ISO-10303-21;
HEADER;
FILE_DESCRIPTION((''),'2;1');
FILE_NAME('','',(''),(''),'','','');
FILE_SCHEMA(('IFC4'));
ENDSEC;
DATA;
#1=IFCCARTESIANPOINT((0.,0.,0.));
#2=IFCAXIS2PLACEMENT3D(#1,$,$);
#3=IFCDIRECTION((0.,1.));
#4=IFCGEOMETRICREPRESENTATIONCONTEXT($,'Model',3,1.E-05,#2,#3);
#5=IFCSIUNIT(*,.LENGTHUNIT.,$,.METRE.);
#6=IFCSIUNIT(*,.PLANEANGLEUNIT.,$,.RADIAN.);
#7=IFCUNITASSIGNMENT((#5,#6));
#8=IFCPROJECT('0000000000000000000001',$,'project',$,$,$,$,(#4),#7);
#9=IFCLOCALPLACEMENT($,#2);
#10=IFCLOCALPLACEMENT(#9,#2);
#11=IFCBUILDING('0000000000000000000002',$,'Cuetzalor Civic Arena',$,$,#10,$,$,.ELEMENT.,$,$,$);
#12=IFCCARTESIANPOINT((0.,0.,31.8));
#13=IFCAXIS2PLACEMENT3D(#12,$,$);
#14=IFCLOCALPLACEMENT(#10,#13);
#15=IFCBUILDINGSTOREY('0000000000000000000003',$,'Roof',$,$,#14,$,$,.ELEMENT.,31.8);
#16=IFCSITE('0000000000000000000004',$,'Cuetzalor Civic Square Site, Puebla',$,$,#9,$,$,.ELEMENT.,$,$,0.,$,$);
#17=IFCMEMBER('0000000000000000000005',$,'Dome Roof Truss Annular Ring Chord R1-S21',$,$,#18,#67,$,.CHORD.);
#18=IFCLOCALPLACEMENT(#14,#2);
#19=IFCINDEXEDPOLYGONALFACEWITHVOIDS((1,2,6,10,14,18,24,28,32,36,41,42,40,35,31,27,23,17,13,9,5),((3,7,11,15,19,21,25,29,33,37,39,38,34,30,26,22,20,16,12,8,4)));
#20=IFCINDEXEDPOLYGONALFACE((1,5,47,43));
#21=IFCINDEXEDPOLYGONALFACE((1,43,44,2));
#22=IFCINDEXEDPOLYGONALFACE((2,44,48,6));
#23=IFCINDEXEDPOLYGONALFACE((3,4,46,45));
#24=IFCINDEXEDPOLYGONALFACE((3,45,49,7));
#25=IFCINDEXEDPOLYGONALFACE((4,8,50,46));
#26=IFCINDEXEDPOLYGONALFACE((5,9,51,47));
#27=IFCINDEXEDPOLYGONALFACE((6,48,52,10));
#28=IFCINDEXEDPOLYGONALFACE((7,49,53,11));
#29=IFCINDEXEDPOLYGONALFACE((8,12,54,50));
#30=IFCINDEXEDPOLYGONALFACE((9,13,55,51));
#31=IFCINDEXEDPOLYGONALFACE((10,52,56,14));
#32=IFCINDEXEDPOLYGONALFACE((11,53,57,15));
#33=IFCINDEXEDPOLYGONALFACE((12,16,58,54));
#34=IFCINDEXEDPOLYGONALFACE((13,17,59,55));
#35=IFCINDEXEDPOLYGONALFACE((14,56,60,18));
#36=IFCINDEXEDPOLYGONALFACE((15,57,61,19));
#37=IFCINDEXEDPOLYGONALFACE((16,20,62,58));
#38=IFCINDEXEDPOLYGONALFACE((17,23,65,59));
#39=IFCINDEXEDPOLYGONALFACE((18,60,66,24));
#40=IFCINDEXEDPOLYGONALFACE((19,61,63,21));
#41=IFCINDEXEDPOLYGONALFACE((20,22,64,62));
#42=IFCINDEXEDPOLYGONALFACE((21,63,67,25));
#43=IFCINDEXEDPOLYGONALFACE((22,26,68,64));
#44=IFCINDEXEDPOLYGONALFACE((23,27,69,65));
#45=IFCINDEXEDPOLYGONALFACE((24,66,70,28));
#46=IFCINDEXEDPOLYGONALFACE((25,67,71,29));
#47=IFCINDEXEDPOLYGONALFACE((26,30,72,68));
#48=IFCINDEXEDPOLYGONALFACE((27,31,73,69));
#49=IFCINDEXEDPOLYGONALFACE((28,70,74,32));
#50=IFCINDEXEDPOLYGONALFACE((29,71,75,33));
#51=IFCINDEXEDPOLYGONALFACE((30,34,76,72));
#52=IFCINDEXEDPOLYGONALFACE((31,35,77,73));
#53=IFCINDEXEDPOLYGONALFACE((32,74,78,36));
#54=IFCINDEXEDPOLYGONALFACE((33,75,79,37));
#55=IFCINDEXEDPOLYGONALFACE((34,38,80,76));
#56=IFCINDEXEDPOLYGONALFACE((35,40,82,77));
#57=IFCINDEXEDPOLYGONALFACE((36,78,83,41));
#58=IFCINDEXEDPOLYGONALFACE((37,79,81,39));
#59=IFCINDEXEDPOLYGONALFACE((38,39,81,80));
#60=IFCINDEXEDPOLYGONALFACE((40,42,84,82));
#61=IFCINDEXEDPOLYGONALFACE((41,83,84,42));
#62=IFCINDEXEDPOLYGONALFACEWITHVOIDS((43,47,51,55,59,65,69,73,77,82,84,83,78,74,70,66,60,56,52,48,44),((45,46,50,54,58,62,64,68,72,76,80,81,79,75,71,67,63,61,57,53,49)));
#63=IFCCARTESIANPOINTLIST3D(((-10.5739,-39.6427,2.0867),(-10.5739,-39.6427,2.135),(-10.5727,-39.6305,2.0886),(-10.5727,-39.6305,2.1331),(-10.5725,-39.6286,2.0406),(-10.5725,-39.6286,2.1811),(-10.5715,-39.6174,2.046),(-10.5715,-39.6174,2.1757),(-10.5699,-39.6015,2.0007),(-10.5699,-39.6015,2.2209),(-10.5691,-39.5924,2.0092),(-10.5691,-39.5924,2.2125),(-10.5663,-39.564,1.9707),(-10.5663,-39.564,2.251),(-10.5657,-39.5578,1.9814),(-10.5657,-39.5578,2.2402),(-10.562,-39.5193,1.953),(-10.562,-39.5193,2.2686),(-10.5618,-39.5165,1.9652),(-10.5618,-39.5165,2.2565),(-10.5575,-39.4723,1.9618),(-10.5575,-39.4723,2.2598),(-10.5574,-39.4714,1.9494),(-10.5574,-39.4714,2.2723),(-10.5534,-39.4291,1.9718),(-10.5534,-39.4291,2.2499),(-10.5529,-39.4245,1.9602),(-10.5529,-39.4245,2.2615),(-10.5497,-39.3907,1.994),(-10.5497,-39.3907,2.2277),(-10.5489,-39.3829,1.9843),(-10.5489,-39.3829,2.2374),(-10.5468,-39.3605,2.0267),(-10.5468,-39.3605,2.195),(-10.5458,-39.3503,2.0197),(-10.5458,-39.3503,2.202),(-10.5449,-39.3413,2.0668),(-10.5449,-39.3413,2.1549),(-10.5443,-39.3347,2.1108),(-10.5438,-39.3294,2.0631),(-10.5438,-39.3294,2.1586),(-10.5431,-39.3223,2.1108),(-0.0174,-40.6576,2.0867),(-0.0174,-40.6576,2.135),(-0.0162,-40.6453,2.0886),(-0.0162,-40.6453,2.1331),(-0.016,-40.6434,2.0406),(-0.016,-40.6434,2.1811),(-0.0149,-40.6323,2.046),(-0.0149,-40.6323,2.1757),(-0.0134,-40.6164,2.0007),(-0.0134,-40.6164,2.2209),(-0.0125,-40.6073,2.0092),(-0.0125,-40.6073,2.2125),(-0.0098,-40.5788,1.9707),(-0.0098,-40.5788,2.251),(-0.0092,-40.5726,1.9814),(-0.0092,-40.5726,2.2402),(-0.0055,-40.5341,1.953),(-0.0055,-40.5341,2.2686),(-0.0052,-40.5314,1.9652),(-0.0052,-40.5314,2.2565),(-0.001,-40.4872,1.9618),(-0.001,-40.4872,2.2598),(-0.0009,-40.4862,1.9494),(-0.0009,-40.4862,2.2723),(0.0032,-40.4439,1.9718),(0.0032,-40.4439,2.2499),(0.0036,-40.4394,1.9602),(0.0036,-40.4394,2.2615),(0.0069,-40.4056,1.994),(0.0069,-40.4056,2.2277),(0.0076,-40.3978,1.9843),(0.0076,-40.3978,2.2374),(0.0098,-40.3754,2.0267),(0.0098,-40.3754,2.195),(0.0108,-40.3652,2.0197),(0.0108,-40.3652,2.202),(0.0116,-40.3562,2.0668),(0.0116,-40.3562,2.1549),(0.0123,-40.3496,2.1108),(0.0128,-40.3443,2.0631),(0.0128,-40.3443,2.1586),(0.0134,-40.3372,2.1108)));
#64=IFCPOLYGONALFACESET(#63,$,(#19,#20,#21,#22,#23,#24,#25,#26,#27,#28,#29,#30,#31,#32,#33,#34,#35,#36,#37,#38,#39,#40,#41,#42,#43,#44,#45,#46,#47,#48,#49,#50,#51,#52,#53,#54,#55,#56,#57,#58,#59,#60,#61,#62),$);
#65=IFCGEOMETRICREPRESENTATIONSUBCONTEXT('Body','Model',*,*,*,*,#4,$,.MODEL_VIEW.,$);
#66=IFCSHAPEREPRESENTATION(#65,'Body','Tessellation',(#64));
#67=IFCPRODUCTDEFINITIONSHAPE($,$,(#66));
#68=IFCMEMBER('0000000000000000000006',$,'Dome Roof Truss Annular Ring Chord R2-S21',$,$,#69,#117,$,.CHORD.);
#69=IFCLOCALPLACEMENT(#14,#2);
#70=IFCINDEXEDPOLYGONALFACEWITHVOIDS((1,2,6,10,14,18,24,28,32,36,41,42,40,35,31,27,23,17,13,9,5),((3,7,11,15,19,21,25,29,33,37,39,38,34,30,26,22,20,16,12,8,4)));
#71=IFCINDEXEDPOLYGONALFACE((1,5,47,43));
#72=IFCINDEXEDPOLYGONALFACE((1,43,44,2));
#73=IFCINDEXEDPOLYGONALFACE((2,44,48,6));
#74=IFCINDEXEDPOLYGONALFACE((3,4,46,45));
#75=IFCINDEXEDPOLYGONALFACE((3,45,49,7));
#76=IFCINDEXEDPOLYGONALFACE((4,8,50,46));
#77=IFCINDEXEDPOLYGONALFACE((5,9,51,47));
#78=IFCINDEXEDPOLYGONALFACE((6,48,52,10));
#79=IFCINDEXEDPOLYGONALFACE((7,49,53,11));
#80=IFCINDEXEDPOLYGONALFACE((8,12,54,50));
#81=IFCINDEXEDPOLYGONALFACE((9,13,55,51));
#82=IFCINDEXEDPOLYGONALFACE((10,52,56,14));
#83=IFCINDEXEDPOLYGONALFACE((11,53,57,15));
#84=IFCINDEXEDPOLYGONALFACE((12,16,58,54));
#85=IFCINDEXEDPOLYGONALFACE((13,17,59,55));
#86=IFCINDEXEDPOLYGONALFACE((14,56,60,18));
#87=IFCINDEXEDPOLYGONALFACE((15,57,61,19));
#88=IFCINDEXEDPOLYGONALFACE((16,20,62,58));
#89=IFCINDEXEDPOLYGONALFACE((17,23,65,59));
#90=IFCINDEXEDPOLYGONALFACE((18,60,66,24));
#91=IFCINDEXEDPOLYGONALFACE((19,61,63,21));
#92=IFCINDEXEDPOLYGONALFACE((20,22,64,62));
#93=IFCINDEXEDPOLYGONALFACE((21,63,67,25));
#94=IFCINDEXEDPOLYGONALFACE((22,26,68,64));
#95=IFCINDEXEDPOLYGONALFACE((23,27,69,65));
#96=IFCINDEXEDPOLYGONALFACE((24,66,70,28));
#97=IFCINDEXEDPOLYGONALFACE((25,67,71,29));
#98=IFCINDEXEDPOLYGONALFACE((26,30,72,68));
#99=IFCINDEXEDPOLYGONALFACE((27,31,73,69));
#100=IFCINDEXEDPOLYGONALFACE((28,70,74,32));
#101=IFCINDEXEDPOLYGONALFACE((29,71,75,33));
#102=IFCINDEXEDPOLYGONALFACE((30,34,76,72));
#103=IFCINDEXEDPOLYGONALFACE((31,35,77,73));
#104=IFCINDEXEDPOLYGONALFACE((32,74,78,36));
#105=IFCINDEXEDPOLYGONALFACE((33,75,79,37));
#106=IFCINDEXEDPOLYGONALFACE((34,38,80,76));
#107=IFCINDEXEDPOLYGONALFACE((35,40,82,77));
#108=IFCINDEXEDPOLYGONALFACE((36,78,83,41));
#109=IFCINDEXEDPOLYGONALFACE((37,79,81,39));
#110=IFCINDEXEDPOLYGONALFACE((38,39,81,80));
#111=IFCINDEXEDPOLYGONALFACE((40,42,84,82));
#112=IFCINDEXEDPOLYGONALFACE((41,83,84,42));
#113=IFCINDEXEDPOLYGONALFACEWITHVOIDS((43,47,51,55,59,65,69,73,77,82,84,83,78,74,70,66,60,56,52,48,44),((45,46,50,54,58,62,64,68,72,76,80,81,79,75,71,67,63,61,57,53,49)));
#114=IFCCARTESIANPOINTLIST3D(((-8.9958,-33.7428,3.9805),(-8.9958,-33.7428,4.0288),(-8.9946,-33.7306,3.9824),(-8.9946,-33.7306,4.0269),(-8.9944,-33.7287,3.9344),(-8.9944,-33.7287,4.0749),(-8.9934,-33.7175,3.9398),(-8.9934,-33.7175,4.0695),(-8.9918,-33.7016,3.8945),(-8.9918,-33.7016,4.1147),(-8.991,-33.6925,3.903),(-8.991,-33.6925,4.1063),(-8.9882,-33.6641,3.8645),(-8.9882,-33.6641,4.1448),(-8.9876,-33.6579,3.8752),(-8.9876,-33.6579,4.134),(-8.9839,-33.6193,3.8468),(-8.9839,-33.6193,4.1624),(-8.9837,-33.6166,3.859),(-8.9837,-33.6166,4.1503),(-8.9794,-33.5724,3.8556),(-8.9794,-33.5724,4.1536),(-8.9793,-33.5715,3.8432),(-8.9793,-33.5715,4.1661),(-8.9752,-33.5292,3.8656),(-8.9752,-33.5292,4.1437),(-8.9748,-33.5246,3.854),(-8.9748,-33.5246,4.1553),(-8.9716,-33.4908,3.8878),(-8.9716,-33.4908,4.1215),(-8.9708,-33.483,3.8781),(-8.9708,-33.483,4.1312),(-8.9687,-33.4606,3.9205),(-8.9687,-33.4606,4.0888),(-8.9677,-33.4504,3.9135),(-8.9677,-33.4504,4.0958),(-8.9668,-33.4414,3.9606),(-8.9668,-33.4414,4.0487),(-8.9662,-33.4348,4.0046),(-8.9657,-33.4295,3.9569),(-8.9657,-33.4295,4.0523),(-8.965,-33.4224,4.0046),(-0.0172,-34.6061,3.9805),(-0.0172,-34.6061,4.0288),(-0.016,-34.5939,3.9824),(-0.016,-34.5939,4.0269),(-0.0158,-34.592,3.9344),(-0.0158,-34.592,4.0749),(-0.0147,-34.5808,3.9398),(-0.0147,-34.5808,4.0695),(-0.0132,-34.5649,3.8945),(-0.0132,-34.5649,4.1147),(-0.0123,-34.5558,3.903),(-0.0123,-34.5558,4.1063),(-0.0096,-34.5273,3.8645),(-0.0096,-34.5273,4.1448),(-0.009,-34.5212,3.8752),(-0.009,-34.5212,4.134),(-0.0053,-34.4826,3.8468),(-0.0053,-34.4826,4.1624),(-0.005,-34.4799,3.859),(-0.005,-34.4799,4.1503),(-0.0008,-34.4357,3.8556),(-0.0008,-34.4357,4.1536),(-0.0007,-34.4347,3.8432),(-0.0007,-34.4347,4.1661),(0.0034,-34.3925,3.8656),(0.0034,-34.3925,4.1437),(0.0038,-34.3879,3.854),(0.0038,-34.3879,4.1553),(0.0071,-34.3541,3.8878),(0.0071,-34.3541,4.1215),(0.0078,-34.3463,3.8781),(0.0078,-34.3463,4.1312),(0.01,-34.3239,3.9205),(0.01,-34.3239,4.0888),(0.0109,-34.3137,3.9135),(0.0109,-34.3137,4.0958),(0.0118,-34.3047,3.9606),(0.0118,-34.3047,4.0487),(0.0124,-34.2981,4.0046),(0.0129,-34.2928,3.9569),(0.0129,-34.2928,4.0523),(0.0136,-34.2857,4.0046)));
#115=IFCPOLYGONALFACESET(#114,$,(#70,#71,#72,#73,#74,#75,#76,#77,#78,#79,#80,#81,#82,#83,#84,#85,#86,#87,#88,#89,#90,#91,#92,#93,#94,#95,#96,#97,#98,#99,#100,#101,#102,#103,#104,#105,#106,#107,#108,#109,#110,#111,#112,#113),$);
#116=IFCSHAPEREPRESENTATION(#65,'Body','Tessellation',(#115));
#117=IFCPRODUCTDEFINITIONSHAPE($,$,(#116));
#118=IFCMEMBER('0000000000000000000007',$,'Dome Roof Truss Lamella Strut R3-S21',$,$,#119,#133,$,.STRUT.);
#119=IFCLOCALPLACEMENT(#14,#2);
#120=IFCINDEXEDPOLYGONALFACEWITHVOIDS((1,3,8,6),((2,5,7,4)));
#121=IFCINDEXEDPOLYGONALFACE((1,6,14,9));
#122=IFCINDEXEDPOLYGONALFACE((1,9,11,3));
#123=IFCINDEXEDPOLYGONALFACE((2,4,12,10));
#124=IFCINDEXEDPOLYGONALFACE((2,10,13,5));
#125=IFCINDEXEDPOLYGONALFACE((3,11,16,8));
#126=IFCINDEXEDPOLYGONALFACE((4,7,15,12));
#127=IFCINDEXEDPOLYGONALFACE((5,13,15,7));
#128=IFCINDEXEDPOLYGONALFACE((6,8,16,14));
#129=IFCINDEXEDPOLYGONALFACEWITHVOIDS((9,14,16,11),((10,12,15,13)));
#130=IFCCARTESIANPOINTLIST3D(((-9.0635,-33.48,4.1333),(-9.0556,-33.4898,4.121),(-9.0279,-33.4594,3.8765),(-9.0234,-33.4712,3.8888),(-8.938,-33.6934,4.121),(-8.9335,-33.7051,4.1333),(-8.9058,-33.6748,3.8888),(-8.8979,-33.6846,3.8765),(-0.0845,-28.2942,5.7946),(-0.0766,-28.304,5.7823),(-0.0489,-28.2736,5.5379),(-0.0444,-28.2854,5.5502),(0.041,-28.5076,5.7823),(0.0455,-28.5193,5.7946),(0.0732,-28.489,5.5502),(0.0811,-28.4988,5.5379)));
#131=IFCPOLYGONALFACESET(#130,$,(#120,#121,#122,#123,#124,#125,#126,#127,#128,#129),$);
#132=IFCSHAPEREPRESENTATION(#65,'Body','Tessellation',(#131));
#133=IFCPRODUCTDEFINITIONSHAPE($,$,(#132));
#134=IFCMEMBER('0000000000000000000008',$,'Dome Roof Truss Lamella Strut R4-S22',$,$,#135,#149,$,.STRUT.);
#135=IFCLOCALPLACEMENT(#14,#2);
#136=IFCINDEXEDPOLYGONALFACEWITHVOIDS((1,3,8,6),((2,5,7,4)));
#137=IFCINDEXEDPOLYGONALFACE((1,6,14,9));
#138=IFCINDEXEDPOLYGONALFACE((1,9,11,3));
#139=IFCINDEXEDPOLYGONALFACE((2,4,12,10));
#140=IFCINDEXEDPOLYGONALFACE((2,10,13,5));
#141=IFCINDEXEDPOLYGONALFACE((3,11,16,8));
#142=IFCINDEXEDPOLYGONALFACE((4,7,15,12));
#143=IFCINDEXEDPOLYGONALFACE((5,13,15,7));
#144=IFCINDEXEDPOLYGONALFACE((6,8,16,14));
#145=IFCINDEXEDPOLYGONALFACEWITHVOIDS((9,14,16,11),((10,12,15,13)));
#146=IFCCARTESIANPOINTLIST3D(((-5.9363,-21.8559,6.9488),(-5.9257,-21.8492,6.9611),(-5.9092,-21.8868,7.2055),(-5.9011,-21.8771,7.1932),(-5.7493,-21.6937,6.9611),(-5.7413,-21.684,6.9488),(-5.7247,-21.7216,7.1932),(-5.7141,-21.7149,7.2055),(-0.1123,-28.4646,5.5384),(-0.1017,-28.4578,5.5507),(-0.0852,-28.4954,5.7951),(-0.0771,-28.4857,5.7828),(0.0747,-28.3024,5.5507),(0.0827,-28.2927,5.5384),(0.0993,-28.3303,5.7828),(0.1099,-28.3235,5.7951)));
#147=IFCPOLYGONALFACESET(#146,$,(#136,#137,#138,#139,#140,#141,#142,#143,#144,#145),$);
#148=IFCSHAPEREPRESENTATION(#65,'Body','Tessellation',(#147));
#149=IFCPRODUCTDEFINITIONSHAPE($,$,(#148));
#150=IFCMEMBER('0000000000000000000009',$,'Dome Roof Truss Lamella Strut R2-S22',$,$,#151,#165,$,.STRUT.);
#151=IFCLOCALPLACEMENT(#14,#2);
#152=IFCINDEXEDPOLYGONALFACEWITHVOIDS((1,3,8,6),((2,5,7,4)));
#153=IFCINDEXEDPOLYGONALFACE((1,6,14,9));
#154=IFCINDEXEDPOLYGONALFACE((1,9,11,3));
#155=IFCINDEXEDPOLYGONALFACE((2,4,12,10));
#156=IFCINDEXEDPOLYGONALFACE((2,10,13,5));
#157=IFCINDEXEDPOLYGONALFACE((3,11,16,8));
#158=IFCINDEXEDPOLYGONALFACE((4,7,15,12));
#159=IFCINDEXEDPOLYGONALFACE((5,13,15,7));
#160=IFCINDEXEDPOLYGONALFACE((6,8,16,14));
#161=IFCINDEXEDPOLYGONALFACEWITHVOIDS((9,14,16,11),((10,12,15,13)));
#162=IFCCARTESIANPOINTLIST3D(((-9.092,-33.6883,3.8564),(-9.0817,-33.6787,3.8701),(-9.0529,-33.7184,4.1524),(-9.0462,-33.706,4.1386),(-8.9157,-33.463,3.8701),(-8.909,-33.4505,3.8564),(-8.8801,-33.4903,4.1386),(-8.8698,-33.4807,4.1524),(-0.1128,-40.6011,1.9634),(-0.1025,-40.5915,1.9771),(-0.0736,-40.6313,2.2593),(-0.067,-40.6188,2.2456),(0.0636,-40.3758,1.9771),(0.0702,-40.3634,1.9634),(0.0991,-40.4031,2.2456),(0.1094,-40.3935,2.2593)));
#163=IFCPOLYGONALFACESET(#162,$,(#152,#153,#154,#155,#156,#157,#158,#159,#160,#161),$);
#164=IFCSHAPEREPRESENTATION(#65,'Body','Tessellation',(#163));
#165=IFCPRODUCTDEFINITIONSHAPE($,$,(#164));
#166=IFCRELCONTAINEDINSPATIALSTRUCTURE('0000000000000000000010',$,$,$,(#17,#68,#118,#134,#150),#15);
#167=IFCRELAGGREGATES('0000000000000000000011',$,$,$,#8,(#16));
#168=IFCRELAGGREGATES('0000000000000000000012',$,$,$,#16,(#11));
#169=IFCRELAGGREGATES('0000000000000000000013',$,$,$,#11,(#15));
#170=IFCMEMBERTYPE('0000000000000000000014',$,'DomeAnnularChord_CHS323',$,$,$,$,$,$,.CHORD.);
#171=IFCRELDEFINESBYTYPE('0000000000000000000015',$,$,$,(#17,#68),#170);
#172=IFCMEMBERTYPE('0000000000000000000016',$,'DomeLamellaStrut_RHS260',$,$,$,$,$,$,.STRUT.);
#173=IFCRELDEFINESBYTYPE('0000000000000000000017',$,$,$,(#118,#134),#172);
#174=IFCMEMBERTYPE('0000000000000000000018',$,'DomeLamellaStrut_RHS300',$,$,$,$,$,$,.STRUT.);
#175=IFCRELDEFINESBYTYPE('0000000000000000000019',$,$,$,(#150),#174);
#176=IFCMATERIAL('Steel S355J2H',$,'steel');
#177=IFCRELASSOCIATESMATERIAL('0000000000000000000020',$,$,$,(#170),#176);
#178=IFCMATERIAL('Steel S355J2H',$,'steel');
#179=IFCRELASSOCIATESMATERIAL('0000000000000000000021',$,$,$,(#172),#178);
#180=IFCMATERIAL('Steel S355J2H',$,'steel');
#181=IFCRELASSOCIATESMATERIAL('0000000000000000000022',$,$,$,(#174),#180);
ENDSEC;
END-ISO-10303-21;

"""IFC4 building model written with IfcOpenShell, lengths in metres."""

from ifc_helpers import new_model, si_unit, direction, frame, origin, origin_2d, place, context, subcontext, project, spatial, hollow_rectangle, hollow_circle, extrude, material, material_profile, profile_set, type_object, element, save


model = new_model("IFC4")

# Units and contexts
model_context = context("Model", 3, precision=1e-05, world=origin(), true_north=direction((0.0, 1.0)))
body_context = subcontext(model_context, "Body", "Model", "MODEL_VIEW")
ifc_project = project(units=[si_unit("LENGTHUNIT", "METRE"), si_unit("PLANEANGLEUNIT", "RADIAN")], contexts=[model_context])

# Site, building, storey
site_placement = place(None, origin())
site = spatial("IfcSite", under=ifc_project, at=site_placement, Name="Cuetzalor Civic Square Site, Puebla", CompositionType="ELEMENT", RefElevation=0.0)
building_placement = place(site_placement, origin())
building = spatial("IfcBuilding", under=site, at=building_placement, Name="Cuetzalor Civic Arena", CompositionType="ELEMENT")
storey_placement = place(building_placement, frame((0.0, 0.0, 31.8)))
storey = spatial("IfcBuildingStorey", under=building, at=storey_placement, Name="Roof", CompositionType="ELEMENT", Elevation=31.8)

# Members
ifc_material_1 = material(Name="Steel S355J2H", Category="steel")
ifc_material_profile_1 = material_profile(ifc_material_1, hollow_circle(Radius=0.1619, WallThickness=0.0125, at=origin_2d()), Name="CHS 323.9x12.5")
ifc_profile_set_1 = profile_set([ifc_material_profile_1], Name="Steel S355J2H")
member_type_1 = type_object("IfcMemberType", Name="DomeAnnularChord_CHS323", PredefinedType="CHORD", material=ifc_profile_set_1)
member_1_placement = place(storey_placement, frame((-10.5586, -39.4834, 2.1108), z_axis=(0.995411, -0.095697, 0.0), x_axis=(0.095697, 0.995411, 0.0)))
element("IfcMember", 1, at=member_1_placement, inside=storey, type_object=member_type_1, Name="Dome Roof Truss Annular Ring Chord R1-S21", PredefinedType="CHORD", context=body_context, shape_type="SweptSolid", body=[
    extrude(hollow_circle(Radius=0.1619, WallThickness=0.0125, at=origin_2d()), origin(), (0.0, 0.0, 1.0), 10.6052),
])
member_2_placement = place(storey_placement, frame((-8.9805, -33.5835, 4.0046), z_axis=(0.995409, -0.095708, 0.0), x_axis=(0.095708, 0.995409, 0.0)))
element("IfcMember", 2, at=member_2_placement, inside=storey, type_object=member_type_1, Name="Dome Roof Truss Annular Ring Chord R2-S21", PredefinedType="CHORD", context=body_context, shape_type="SweptSolid", body=[
    extrude(hollow_circle(Radius=0.1619, WallThickness=0.0125, at=origin_2d()), origin(), (0.0, 0.0, 1.0), 9.02),
])
ifc_material_2 = material(Name="Steel S355J2H", Category="steel")
ifc_material_profile_2 = material_profile(ifc_material_2, hollow_rectangle(XDim=0.26, YDim=0.26, WallThickness=0.0125, at=origin_2d()), Name="RHS 260x260x12.5")
ifc_profile_set_2 = profile_set([ifc_material_profile_2], Name="Steel S355J2H")
member_type_2 = type_object("IfcMemberType", Name="DomeLamellaStrut_RHS260", PredefinedType="STRUT", material=ifc_profile_set_2)
member_3_placement = place(storey_placement, frame((-8.9807, -33.5823, 4.0049), z_axis=(0.855046, 0.493829, 0.158208), x_axis=(-0.500127, 0.865952, 0.0)))
element("IfcMember", 3, at=member_3_placement, inside=storey, type_object=member_type_2, Name="Dome Roof Truss Lamella Strut R3-S21", PredefinedType="STRUT", context=body_context, shape_type="SweptSolid", body=[
    extrude(hollow_rectangle(XDim=0.26, YDim=0.26, WallThickness=0.0125, at=origin_2d()), origin(), (0.0, 0.0, 1.0), 10.5012),
])
member_4_placement = place(storey_placement, frame((-0.0012, -28.394, 5.6667), z_axis=(-0.652848, 0.740806, 0.158101), x_axis=(-0.750242, -0.661163, 0.0)))
element("IfcMember", 4, at=member_4_placement, inside=storey, type_object=member_type_2, Name="Dome Roof Truss Lamella Strut R4-S22", PredefinedType="STRUT", context=body_context, shape_type="SweptSolid", body=[
    extrude(hollow_rectangle(XDim=0.26, YDim=0.26, WallThickness=0.0125, at=origin_2d()), origin(), (0.0, 0.0, 1.0), 8.9209),
])
ifc_material_3 = material(Name="Steel S355J2H", Category="steel")
ifc_material_profile_3 = material_profile(ifc_material_3, hollow_rectangle(XDim=0.3, YDim=0.3, WallThickness=0.0139, at=origin_2d()), Name="RHS 300x300x14")
ifc_profile_set_3 = profile_set([ifc_material_profile_3], Name="Steel S355J2H")
member_type_3 = type_object("IfcMemberType", Name="DomeLamellaStrut_RHS300", PredefinedType="STRUT", material=ifc_profile_set_3)
member_5_placement = place(storey_placement, frame((-0.0017, -40.4973, 2.1113), z_axis=(-0.781549, 0.60169, 0.164772), x_axis=(-0.610028, -0.79238, 0.0)))
element("IfcMember", 5, at=member_5_placement, inside=storey, type_object=member_type_3, Name="Dome Roof Truss Lamella Strut R2-S22", PredefinedType="STRUT", context=body_context, shape_type="SweptSolid", body=[
    extrude(hollow_rectangle(XDim=0.3, YDim=0.3, WallThickness=0.0139, at=origin_2d()), origin(), (0.0, 0.0, 1.0), 11.489),
])

save(model, "model.ifc")
